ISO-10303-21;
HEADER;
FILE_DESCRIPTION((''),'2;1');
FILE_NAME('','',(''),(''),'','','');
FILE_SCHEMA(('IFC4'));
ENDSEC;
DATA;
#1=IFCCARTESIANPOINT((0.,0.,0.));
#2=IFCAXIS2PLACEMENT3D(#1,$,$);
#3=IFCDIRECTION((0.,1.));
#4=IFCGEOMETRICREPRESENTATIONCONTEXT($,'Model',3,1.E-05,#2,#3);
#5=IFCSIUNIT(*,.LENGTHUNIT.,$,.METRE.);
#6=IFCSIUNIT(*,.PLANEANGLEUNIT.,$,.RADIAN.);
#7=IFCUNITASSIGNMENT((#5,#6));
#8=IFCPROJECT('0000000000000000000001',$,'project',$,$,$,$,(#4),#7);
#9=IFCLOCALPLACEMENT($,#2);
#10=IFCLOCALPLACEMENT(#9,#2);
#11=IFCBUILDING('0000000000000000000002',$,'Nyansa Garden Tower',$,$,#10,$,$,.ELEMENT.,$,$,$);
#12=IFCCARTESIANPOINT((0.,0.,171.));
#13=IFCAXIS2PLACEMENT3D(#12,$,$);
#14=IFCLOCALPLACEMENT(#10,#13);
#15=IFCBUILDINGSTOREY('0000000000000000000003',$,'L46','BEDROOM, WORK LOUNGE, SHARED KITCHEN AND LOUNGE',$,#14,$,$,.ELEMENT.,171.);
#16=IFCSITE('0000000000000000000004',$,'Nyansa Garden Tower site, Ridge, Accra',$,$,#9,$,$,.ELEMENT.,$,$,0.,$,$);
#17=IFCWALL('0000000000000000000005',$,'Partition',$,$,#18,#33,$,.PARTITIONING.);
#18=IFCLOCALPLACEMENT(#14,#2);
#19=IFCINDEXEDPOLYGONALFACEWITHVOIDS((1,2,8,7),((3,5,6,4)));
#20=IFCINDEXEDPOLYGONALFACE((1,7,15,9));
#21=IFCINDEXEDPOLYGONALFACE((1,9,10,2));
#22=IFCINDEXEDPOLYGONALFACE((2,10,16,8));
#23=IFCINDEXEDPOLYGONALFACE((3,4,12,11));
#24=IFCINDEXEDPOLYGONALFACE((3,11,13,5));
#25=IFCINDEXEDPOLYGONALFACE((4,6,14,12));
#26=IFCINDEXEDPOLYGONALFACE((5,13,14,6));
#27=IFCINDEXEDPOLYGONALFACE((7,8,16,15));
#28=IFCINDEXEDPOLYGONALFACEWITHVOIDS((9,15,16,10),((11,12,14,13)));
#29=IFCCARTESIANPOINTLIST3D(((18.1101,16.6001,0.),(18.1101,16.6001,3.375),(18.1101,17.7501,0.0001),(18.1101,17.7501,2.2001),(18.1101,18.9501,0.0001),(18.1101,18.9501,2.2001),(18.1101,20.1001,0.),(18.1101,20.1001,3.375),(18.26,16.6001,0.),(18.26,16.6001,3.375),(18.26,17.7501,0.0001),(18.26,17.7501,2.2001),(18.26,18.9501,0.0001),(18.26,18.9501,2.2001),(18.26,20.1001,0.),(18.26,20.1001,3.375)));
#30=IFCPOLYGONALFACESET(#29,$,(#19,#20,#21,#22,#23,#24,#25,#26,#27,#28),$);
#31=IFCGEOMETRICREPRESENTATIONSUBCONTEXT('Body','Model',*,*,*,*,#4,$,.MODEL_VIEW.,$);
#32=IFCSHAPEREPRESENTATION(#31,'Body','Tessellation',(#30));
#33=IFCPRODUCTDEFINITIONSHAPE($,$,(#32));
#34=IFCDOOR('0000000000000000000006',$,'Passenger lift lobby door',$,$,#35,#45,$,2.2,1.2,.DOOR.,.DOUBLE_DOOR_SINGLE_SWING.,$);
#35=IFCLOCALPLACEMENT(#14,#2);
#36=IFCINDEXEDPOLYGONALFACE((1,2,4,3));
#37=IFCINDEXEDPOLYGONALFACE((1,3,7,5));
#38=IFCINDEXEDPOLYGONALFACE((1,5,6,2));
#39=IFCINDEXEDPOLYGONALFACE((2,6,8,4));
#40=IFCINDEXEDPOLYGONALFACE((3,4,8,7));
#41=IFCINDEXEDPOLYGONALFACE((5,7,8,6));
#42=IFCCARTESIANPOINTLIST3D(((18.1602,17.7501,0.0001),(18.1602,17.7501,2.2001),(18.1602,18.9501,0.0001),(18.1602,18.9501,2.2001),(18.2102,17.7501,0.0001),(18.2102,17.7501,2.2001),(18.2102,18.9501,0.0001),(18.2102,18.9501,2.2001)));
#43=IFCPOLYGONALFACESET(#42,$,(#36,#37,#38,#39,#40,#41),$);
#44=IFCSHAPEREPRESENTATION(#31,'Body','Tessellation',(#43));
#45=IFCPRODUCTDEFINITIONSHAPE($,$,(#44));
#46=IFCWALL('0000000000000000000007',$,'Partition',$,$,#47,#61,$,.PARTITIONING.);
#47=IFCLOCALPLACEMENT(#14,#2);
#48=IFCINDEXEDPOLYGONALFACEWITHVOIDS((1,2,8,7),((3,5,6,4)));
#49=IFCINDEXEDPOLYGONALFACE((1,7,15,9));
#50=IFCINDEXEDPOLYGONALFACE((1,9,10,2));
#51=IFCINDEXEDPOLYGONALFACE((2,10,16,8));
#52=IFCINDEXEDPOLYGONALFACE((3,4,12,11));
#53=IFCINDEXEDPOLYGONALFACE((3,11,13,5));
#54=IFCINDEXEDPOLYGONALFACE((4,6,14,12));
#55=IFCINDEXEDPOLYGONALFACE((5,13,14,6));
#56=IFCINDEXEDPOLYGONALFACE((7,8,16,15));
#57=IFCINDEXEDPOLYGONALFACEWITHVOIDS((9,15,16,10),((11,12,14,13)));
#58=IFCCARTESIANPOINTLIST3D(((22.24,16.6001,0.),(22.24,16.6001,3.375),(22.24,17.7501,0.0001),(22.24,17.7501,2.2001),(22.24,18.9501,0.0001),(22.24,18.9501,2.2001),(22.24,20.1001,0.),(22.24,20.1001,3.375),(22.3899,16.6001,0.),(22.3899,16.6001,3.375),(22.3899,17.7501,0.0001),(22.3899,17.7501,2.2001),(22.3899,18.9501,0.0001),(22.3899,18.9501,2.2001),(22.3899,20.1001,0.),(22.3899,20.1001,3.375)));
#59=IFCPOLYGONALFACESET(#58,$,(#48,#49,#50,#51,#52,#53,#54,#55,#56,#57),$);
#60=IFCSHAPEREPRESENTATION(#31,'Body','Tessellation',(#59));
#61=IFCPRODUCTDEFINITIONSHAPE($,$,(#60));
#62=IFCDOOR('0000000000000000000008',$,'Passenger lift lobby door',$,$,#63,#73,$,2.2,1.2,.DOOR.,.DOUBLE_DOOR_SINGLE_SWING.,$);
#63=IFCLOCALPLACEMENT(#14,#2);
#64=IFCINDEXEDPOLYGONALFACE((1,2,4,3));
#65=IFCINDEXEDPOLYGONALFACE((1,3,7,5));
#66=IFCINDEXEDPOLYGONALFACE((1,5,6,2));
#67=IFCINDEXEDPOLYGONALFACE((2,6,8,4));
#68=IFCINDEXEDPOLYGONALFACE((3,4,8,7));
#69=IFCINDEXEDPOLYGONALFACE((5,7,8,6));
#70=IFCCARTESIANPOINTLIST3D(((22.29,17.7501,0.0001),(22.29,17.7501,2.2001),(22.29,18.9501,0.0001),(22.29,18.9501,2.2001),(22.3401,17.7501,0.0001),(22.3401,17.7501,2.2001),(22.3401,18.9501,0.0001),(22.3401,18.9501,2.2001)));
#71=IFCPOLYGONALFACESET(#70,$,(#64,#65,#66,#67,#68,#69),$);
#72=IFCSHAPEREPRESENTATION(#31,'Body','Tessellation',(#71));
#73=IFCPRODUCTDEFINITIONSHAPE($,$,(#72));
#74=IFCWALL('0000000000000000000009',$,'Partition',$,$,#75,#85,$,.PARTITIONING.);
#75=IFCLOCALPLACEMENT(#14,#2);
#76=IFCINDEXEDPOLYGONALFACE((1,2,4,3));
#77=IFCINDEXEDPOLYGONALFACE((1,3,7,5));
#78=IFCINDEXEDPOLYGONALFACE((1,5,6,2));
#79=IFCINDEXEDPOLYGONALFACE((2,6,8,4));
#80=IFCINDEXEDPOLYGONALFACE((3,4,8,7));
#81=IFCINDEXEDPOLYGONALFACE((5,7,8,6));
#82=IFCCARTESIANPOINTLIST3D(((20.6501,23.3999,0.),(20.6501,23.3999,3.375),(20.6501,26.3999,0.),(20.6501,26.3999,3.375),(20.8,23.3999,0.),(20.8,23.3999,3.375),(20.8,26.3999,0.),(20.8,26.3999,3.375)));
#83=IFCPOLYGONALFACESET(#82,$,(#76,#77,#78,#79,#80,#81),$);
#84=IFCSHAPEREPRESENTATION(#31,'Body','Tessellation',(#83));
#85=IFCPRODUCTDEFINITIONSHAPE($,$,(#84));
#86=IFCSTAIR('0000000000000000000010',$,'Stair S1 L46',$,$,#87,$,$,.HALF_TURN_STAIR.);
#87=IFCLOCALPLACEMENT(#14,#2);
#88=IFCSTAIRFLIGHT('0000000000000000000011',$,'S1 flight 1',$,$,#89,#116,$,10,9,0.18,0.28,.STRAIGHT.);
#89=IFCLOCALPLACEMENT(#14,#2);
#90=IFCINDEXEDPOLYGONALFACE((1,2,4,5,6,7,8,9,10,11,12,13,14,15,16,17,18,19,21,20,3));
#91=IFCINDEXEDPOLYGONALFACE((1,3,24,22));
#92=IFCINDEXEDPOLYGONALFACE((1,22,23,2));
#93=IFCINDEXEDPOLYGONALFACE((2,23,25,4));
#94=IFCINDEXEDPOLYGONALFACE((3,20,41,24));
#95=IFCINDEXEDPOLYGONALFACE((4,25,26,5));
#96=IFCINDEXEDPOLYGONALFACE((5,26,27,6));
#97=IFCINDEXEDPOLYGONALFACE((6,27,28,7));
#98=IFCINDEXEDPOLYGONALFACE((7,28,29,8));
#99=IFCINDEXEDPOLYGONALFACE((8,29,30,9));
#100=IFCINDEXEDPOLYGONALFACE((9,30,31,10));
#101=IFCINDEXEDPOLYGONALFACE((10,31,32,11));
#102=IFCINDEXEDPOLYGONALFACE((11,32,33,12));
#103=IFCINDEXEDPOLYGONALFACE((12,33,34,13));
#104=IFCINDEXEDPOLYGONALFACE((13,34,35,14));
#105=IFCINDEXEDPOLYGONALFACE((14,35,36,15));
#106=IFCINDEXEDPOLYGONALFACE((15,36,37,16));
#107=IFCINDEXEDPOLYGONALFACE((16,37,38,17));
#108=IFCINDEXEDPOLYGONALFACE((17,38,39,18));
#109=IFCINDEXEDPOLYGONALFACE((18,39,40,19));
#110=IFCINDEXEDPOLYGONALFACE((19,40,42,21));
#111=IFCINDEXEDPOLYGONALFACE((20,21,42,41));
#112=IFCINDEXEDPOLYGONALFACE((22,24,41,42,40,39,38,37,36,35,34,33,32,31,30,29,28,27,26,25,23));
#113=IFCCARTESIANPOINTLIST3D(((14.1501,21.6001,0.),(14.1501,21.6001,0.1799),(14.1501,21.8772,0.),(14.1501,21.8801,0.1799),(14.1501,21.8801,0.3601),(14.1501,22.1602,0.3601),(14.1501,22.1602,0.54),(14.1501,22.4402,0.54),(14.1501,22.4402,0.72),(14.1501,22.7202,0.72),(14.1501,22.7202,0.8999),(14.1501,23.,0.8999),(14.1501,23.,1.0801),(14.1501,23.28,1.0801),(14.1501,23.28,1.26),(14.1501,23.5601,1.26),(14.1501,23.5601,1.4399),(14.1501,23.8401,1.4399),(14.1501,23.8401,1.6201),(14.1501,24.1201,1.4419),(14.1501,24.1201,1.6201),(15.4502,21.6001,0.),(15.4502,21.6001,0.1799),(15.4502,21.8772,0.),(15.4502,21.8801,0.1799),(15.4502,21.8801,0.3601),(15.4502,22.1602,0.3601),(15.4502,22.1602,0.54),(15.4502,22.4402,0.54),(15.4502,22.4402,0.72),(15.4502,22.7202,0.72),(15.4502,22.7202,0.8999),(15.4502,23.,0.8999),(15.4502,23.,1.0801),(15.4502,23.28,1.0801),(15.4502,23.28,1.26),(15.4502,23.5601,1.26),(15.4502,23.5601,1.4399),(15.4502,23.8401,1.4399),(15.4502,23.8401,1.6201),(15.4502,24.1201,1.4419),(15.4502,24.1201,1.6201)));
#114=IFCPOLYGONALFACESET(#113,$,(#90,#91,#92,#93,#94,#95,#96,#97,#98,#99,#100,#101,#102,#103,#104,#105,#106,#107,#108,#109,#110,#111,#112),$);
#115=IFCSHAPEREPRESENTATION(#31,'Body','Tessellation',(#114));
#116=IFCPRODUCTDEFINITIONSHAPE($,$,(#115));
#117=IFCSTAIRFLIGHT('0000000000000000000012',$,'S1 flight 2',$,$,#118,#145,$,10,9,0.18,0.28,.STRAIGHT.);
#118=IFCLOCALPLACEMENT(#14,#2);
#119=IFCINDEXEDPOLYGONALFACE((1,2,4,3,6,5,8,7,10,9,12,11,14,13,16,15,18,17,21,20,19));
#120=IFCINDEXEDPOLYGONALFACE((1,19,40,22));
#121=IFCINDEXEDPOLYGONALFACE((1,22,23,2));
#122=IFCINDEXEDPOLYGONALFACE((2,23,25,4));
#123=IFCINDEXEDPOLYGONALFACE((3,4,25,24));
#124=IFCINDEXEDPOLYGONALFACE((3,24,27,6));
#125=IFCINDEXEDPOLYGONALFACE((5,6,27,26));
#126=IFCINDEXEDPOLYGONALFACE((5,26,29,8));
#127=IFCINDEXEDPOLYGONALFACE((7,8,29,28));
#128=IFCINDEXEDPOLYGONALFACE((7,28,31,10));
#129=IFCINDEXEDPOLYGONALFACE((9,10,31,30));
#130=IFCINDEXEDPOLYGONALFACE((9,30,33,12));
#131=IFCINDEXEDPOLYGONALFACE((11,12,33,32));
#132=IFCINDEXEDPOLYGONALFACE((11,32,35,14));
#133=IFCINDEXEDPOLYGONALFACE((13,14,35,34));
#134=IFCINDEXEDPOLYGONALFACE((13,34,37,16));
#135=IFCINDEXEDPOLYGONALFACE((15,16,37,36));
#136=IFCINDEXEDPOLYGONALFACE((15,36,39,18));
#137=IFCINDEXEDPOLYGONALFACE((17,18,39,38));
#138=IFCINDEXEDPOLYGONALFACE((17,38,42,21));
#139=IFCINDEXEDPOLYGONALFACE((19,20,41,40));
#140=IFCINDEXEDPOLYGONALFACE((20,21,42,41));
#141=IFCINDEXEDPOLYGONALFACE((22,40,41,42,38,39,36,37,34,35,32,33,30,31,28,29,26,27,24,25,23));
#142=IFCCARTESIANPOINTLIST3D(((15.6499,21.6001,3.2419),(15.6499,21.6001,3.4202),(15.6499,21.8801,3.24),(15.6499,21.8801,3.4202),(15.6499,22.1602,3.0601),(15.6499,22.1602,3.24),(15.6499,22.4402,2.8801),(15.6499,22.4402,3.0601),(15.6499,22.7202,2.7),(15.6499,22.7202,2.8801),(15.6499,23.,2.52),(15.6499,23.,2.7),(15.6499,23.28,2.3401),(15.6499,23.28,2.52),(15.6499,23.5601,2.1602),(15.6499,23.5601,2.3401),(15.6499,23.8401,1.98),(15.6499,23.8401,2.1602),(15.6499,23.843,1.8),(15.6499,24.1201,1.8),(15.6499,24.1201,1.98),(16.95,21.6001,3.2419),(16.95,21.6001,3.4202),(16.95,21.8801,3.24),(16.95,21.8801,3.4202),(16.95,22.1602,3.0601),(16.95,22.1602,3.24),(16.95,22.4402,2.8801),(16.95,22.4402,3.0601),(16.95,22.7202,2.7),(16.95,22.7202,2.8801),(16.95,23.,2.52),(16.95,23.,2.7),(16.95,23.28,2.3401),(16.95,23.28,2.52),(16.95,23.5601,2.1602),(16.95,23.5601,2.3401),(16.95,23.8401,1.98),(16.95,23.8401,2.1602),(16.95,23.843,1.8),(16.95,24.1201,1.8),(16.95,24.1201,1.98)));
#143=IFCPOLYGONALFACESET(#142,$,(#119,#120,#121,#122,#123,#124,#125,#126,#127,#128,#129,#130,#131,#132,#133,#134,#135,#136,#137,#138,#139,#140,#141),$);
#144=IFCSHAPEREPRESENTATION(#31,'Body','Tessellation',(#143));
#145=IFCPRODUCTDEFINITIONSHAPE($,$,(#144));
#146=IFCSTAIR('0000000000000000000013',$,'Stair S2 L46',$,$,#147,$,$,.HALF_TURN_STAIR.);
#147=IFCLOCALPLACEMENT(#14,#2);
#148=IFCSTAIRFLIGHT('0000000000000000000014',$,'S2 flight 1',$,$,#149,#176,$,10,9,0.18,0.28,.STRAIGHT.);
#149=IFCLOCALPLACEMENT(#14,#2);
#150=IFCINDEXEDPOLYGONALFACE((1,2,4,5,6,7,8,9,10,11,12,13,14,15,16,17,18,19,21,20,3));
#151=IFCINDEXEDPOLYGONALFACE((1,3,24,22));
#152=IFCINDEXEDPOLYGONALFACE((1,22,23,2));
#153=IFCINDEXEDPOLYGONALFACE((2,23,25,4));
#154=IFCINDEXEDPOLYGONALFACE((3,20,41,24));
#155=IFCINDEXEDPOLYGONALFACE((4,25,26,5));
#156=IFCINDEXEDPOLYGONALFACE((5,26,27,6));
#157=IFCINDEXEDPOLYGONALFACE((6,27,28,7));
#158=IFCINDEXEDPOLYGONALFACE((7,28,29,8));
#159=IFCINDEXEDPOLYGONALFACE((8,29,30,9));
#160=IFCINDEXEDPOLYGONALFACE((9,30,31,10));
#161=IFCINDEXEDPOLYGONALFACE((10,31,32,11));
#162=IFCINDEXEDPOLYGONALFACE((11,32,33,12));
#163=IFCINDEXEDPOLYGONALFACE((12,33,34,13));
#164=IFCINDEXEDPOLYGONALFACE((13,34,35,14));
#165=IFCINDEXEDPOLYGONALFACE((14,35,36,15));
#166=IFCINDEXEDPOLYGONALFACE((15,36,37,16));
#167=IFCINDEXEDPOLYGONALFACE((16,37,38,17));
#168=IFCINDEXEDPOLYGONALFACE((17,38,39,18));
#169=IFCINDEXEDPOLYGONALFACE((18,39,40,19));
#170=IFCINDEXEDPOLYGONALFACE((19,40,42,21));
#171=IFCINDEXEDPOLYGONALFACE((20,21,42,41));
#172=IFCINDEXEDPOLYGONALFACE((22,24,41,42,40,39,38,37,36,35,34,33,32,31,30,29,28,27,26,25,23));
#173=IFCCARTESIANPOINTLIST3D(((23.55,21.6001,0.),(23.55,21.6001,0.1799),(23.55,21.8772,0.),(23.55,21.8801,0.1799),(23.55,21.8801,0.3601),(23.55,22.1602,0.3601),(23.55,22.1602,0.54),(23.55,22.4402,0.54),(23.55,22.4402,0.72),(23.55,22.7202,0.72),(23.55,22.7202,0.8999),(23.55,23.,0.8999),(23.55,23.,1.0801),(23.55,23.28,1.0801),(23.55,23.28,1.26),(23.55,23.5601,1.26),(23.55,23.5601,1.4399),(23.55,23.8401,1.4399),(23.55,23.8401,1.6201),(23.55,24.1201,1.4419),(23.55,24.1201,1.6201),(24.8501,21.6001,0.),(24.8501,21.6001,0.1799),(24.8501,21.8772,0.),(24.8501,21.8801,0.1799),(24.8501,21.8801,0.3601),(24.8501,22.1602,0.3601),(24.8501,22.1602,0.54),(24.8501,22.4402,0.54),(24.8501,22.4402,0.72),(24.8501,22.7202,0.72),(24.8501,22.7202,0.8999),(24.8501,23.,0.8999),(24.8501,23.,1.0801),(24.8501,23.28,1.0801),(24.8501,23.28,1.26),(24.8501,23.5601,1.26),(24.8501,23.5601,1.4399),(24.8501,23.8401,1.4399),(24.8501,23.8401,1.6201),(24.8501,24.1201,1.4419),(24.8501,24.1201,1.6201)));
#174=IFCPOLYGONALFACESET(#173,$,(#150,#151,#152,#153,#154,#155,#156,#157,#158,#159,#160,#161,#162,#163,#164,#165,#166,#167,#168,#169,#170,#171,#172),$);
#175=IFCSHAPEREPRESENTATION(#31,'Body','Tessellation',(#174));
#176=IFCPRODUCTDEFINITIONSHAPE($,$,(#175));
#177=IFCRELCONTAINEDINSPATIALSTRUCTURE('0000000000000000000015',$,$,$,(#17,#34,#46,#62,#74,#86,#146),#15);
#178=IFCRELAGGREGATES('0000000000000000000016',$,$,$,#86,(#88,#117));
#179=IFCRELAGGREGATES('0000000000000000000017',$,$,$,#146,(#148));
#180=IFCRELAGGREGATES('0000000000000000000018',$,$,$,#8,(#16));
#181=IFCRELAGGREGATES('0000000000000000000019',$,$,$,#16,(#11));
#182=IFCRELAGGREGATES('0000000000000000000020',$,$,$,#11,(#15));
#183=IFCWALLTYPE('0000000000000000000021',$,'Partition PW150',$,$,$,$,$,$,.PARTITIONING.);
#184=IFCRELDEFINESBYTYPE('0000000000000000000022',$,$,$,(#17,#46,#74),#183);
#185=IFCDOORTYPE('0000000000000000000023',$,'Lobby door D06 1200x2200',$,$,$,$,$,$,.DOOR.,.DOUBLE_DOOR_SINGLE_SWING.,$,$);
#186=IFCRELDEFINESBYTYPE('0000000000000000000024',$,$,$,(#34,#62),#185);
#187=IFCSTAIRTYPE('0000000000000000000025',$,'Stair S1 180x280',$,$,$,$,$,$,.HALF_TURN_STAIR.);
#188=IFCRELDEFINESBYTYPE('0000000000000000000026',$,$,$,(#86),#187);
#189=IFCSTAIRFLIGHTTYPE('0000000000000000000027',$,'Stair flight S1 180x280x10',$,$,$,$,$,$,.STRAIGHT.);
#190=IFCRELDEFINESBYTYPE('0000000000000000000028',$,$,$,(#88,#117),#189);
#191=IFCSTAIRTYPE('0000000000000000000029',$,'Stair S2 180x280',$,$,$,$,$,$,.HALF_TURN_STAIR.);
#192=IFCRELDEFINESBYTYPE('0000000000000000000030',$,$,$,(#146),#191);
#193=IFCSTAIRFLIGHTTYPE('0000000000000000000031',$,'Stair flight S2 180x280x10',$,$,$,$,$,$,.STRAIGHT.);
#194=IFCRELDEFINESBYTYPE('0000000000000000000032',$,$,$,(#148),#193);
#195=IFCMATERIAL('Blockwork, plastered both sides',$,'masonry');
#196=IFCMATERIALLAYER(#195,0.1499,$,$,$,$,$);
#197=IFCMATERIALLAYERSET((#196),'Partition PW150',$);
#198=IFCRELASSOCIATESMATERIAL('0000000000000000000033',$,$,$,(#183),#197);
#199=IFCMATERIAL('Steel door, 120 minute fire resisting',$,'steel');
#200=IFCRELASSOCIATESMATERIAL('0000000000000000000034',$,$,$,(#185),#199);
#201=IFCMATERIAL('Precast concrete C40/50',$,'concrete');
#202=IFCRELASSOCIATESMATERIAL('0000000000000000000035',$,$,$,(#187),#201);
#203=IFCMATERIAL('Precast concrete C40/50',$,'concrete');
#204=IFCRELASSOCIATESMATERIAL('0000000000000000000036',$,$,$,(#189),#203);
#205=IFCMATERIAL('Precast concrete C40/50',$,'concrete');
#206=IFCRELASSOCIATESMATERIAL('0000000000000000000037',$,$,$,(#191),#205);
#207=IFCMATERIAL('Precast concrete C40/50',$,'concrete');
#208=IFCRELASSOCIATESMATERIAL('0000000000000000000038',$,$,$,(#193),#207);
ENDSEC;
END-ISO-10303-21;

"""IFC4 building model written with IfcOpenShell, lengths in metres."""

from ifc_helpers import new_model, si_unit, direction, frame, frame_2d, origin, place, context, subcontext, project, spatial, polyline, rectangle, outline, extrude, material, layer, layer_set, type_object, element, fill, aggregate, save


model = new_model("IFC4")

# Units and contexts
model_context = context("Model", 3, precision=1e-05, world=origin(), true_north=direction((0.0, 1.0)))
body_context = subcontext(model_context, "Body", "Model", "MODEL_VIEW")
ifc_project = project(units=[si_unit("LENGTHUNIT", "METRE"), si_unit("PLANEANGLEUNIT", "RADIAN")], contexts=[model_context])

# Site, building, storey
site_placement = place(None, origin())
site = spatial("IfcSite", under=ifc_project, at=site_placement, Name="Nyansa Garden Tower site, Ridge, Accra", CompositionType="ELEMENT", RefElevation=0.0)
building_placement = place(site_placement, origin())
building = spatial("IfcBuilding", under=site, at=building_placement, Name="Nyansa Garden Tower", CompositionType="ELEMENT")
storey_placement = place(building_placement, frame((0.0, 0.0, 171.0)))
storey = spatial("IfcBuildingStorey", under=building, at=storey_placement, Name="L46", Description="BEDROOM, WORK LOUNGE, SHARED KITCHEN AND LOUNGE", CompositionType="ELEMENT", Elevation=171.0)

# Walls, openings, doors
ifc_material_1 = material(Name="Blockwork, plastered both sides", Category="masonry")
ifc_layer_1 = layer(ifc_material_1, 0.1499)
ifc_layer_set_1 = layer_set([ifc_layer_1], Name="Partition PW150")
wall_type_1 = type_object("IfcWallType", Name="Partition PW150", PredefinedType="PARTITIONING", material=ifc_layer_set_1)
wall_1_placement = place(storey_placement, frame((18.1851, 16.6001, 0.0), z_axis=(0.0, 0.0, 1.0), x_axis=(0.0, 1.0, 0.0)))
wall_1 = element("IfcWall", 1, at=wall_1_placement, inside=storey, type_object=wall_type_1, Name="Partition", PredefinedType="PARTITIONING", context=body_context, shape_type="SweptSolid", body=[
    extrude(rectangle(XDim=3.5, YDim=0.1499, at=frame_2d((1.75, 0.0))), origin(), (0.0, 0.0, 1.0), 3.375),
])
opening_1_placement = place(wall_1_placement, frame((1.1499, 0.0, 0.0)))
opening_1 = element("IfcOpeningElement", 2, at=opening_1_placement, cuts=wall_1, PredefinedType="OPENING", context=body_context, shape_type="SweptSolid", body=[
    extrude(rectangle(XDim=1.2, YDim=2.2, at=frame_2d((0.6001, 1.1001))), frame((0.0, 0.085, 0.0), z_axis=(0.0, -1.0, 0.0), x_axis=(1.0, 0.0, 0.0)), (0.0, 0.0, 1.0), 0.1699),
])
ifc_material_2 = material(Name="Steel door, 120 minute fire resisting", Category="steel")
door_type_1 = type_object("IfcDoorType", Name="Lobby door D06 1200x2200", OperationType="DOUBLE_DOOR_SINGLE_SWING", PredefinedType="DOOR", material=ifc_material_2)
door_1_placement = place(opening_1_placement, origin())
door_1 = element("IfcDoor", 3, at=door_1_placement, inside=storey, type_object=door_type_1, Name="Passenger lift lobby door", OperationType="DOUBLE_DOOR_SINGLE_SWING", OverallHeight=2.2, OverallWidth=1.2, PredefinedType="DOOR", context=body_context, shape_type="SweptSolid", body=[
    extrude(rectangle(XDim=1.2, YDim=2.2, at=frame_2d((0.6001, 1.1001))), frame((0.0, 0.0249, 0.0), z_axis=(0.0, -1.0, 0.0), x_axis=(1.0, 0.0, 0.0)), (0.0, 0.0, 1.0), 0.05),
])
fill(opening_1, door_1)
wall_2_placement = place(storey_placement, frame((22.3149, 16.6001, 0.0), z_axis=(0.0, 0.0, 1.0), x_axis=(0.0, 1.0, 0.0)))
wall_2 = element("IfcWall", 4, at=wall_2_placement, inside=storey, type_object=wall_type_1, Name="Partition", PredefinedType="PARTITIONING", context=body_context, shape_type="SweptSolid", body=[
    extrude(rectangle(XDim=3.5, YDim=0.1499, at=frame_2d((1.75, 0.0))), origin(), (0.0, 0.0, 1.0), 3.375),
])
opening_2_placement = place(wall_2_placement, frame((1.1499, 0.0, 0.0)))
opening_2 = element("IfcOpeningElement", 5, at=opening_2_placement, cuts=wall_2, PredefinedType="OPENING", context=body_context, shape_type="SweptSolid", body=[
    extrude(rectangle(XDim=1.2, YDim=2.2, at=frame_2d((0.6001, 1.1001))), frame((0.0, 0.085, 0.0), z_axis=(0.0, -1.0, 0.0), x_axis=(1.0, 0.0, 0.0)), (0.0, 0.0, 1.0), 0.1699),
])
door_2_placement = place(opening_2_placement, origin())
door_2 = element("IfcDoor", 6, at=door_2_placement, inside=storey, type_object=door_type_1, Name="Passenger lift lobby door", OperationType="DOUBLE_DOOR_SINGLE_SWING", OverallHeight=2.2, OverallWidth=1.2, PredefinedType="DOOR", context=body_context, shape_type="SweptSolid", body=[
    extrude(rectangle(XDim=1.2, YDim=2.2, at=frame_2d((0.6001, 1.1001))), frame((0.0, 0.0249, 0.0), z_axis=(0.0, -1.0, 0.0), x_axis=(1.0, 0.0, 0.0)), (0.0, 0.0, 1.0), 0.05),
])
fill(opening_2, door_2)

# Wall
wall_3_placement = place(storey_placement, frame((20.7251, 23.3999, 0.0), z_axis=(0.0, 0.0, 1.0), x_axis=(0.0, 1.0, 0.0)))
element("IfcWall", 7, at=wall_3_placement, inside=storey, type_object=wall_type_1, Name="Partition", PredefinedType="PARTITIONING", context=body_context, shape_type="SweptSolid", body=[
    extrude(rectangle(XDim=3.0, YDim=0.1499, at=frame_2d((1.5, 0.0))), origin(), (0.0, 0.0, 1.0), 3.375),
])

# Stair, stair flights
ifc_material_3 = material(Name="Precast concrete C40/50", Category="concrete")
stair_type_1 = type_object("IfcStairType", Name="Stair S1 180x280", PredefinedType="HALF_TURN_STAIR", material=ifc_material_3)
stair_1_placement = place(storey_placement, origin())
stair_1 = element("IfcStair", 8, at=stair_1_placement, inside=storey, type_object=stair_type_1, Name="Stair S1 L46", PredefinedType="HALF_TURN_STAIR")
ifc_material_4 = material(Name="Precast concrete C40/50", Category="concrete")
stair_flight_type_1 = type_object("IfcStairFlightType", Name="Stair flight S1 180x280x10", PredefinedType="STRAIGHT", material=ifc_material_4)
stair_flight_1_placement = place(storey_placement, frame((14.8, 21.6001, 0.0), z_axis=(0.0, 0.0, 1.0), x_axis=(0.0, 1.0, 0.0)))
stair_flight_1 = element("IfcStairFlight", 9, at=stair_flight_1_placement, type_object=stair_flight_type_1, Name="S1 flight 1", NumberOfRisers=10, NumberOfTreads=9, PredefinedType="STRAIGHT", RiserHeight=0.18, TreadLength=0.28, context=body_context, shape_type="SweptSolid", body=[
    extrude(outline(polyline([(0.0, 0.0), (0.0, 0.1799), (0.28, 0.1799), (0.28, 0.3601), (0.5601, 0.3601), (0.5601, 0.54), (0.8401, 0.54), (0.8401, 0.72), (1.1201, 0.72), (1.1201, 0.8999), (1.3999, 0.8999), (1.3999, 1.0801), (1.6799, 1.0801), (1.6799, 1.26), (1.96, 1.26), (1.96, 1.4399), (2.24, 1.4399), (2.24, 1.6201), (2.52, 1.6201), (2.52, 1.8), (2.52, 1.4419), (0.2771, 0.0), (0.0, 0.0)])), frame((0.0, 0.6499, 0.0), z_axis=(0.0, -1.0, 0.0), x_axis=(1.0, 0.0, 0.0)), (0.0, 0.0, 1.0), 1.3),
])
stair_flight_2_placement = place(storey_placement, frame((16.3, 24.1201, 1.8), z_axis=(0.0, 0.0, 1.0), x_axis=(0.0, -1.0, 0.0)))
stair_flight_2 = element("IfcStairFlight", 10, at=stair_flight_2_placement, type_object=stair_flight_type_1, Name="S1 flight 2", NumberOfRisers=10, NumberOfTreads=9, PredefinedType="STRAIGHT", RiserHeight=0.18, TreadLength=0.28, context=body_context, shape_type="SweptSolid", body=[
    extrude(outline(polyline([(0.0, 0.0), (0.0, 0.1799), (0.28, 0.1799), (0.28, 0.3601), (0.5601, 0.3601), (0.5601, 0.54), (0.8401, 0.54), (0.8401, 0.72), (1.1201, 0.72), (1.1201, 0.8999), (1.3999, 0.8999), (1.3999, 1.0801), (1.6799, 1.0801), (1.6799, 1.26), (1.96, 1.26), (1.96, 1.4399), (2.24, 1.4399), (2.24, 1.6201), (2.52, 1.6201), (2.52, 1.8), (2.52, 1.4419), (0.2771, 0.0), (0.0, 0.0)])), frame((0.0, 0.6499, 0.0), z_axis=(0.0, -1.0, 0.0), x_axis=(1.0, 0.0, 0.0)), (0.0, 0.0, 1.0), 1.3),
])
aggregate(stair_1, [stair_flight_1, stair_flight_2])

# Stair, stair flight
ifc_material_5 = material(Name="Precast concrete C40/50", Category="concrete")
stair_type_2 = type_object("IfcStairType", Name="Stair S2 180x280", PredefinedType="HALF_TURN_STAIR", material=ifc_material_5)
stair_2_placement = place(storey_placement, origin())
stair_2 = element("IfcStair", 11, at=stair_2_placement, inside=storey, type_object=stair_type_2, Name="Stair S2 L46", PredefinedType="HALF_TURN_STAIR")
ifc_material_6 = material(Name="Precast concrete C40/50", Category="concrete")
stair_flight_type_2 = type_object("IfcStairFlightType", Name="Stair flight S2 180x280x10", PredefinedType="STRAIGHT", material=ifc_material_6)
stair_flight_3_placement = place(storey_placement, frame((24.2, 21.6001, 0.0), z_axis=(0.0, 0.0, 1.0), x_axis=(0.0, 1.0, 0.0)))
stair_flight_3 = element("IfcStairFlight", 12, at=stair_flight_3_placement, type_object=stair_flight_type_2, Name="S2 flight 1", NumberOfRisers=10, NumberOfTreads=9, PredefinedType="STRAIGHT", RiserHeight=0.18, TreadLength=0.28, context=body_context, shape_type="SweptSolid", body=[
    extrude(outline(polyline([(0.0, 0.0), (0.0, 0.1799), (0.28, 0.1799), (0.28, 0.3601), (0.5601, 0.3601), (0.5601, 0.54), (0.8401, 0.54), (0.8401, 0.72), (1.1201, 0.72), (1.1201, 0.8999), (1.3999, 0.8999), (1.3999, 1.0801), (1.6799, 1.0801), (1.6799, 1.26), (1.96, 1.26), (1.96, 1.4399), (2.24, 1.4399), (2.24, 1.6201), (2.52, 1.6201), (2.52, 1.8), (2.52, 1.4419), (0.2771, 0.0), (0.0, 0.0)])), frame((0.0, 0.6499, 0.0), z_axis=(0.0, -1.0, 0.0), x_axis=(1.0, 0.0, 0.0)), (0.0, 0.0, 1.0), 1.3),
])
aggregate(stair_2, [stair_flight_3])

save(model, "model.ifc")
